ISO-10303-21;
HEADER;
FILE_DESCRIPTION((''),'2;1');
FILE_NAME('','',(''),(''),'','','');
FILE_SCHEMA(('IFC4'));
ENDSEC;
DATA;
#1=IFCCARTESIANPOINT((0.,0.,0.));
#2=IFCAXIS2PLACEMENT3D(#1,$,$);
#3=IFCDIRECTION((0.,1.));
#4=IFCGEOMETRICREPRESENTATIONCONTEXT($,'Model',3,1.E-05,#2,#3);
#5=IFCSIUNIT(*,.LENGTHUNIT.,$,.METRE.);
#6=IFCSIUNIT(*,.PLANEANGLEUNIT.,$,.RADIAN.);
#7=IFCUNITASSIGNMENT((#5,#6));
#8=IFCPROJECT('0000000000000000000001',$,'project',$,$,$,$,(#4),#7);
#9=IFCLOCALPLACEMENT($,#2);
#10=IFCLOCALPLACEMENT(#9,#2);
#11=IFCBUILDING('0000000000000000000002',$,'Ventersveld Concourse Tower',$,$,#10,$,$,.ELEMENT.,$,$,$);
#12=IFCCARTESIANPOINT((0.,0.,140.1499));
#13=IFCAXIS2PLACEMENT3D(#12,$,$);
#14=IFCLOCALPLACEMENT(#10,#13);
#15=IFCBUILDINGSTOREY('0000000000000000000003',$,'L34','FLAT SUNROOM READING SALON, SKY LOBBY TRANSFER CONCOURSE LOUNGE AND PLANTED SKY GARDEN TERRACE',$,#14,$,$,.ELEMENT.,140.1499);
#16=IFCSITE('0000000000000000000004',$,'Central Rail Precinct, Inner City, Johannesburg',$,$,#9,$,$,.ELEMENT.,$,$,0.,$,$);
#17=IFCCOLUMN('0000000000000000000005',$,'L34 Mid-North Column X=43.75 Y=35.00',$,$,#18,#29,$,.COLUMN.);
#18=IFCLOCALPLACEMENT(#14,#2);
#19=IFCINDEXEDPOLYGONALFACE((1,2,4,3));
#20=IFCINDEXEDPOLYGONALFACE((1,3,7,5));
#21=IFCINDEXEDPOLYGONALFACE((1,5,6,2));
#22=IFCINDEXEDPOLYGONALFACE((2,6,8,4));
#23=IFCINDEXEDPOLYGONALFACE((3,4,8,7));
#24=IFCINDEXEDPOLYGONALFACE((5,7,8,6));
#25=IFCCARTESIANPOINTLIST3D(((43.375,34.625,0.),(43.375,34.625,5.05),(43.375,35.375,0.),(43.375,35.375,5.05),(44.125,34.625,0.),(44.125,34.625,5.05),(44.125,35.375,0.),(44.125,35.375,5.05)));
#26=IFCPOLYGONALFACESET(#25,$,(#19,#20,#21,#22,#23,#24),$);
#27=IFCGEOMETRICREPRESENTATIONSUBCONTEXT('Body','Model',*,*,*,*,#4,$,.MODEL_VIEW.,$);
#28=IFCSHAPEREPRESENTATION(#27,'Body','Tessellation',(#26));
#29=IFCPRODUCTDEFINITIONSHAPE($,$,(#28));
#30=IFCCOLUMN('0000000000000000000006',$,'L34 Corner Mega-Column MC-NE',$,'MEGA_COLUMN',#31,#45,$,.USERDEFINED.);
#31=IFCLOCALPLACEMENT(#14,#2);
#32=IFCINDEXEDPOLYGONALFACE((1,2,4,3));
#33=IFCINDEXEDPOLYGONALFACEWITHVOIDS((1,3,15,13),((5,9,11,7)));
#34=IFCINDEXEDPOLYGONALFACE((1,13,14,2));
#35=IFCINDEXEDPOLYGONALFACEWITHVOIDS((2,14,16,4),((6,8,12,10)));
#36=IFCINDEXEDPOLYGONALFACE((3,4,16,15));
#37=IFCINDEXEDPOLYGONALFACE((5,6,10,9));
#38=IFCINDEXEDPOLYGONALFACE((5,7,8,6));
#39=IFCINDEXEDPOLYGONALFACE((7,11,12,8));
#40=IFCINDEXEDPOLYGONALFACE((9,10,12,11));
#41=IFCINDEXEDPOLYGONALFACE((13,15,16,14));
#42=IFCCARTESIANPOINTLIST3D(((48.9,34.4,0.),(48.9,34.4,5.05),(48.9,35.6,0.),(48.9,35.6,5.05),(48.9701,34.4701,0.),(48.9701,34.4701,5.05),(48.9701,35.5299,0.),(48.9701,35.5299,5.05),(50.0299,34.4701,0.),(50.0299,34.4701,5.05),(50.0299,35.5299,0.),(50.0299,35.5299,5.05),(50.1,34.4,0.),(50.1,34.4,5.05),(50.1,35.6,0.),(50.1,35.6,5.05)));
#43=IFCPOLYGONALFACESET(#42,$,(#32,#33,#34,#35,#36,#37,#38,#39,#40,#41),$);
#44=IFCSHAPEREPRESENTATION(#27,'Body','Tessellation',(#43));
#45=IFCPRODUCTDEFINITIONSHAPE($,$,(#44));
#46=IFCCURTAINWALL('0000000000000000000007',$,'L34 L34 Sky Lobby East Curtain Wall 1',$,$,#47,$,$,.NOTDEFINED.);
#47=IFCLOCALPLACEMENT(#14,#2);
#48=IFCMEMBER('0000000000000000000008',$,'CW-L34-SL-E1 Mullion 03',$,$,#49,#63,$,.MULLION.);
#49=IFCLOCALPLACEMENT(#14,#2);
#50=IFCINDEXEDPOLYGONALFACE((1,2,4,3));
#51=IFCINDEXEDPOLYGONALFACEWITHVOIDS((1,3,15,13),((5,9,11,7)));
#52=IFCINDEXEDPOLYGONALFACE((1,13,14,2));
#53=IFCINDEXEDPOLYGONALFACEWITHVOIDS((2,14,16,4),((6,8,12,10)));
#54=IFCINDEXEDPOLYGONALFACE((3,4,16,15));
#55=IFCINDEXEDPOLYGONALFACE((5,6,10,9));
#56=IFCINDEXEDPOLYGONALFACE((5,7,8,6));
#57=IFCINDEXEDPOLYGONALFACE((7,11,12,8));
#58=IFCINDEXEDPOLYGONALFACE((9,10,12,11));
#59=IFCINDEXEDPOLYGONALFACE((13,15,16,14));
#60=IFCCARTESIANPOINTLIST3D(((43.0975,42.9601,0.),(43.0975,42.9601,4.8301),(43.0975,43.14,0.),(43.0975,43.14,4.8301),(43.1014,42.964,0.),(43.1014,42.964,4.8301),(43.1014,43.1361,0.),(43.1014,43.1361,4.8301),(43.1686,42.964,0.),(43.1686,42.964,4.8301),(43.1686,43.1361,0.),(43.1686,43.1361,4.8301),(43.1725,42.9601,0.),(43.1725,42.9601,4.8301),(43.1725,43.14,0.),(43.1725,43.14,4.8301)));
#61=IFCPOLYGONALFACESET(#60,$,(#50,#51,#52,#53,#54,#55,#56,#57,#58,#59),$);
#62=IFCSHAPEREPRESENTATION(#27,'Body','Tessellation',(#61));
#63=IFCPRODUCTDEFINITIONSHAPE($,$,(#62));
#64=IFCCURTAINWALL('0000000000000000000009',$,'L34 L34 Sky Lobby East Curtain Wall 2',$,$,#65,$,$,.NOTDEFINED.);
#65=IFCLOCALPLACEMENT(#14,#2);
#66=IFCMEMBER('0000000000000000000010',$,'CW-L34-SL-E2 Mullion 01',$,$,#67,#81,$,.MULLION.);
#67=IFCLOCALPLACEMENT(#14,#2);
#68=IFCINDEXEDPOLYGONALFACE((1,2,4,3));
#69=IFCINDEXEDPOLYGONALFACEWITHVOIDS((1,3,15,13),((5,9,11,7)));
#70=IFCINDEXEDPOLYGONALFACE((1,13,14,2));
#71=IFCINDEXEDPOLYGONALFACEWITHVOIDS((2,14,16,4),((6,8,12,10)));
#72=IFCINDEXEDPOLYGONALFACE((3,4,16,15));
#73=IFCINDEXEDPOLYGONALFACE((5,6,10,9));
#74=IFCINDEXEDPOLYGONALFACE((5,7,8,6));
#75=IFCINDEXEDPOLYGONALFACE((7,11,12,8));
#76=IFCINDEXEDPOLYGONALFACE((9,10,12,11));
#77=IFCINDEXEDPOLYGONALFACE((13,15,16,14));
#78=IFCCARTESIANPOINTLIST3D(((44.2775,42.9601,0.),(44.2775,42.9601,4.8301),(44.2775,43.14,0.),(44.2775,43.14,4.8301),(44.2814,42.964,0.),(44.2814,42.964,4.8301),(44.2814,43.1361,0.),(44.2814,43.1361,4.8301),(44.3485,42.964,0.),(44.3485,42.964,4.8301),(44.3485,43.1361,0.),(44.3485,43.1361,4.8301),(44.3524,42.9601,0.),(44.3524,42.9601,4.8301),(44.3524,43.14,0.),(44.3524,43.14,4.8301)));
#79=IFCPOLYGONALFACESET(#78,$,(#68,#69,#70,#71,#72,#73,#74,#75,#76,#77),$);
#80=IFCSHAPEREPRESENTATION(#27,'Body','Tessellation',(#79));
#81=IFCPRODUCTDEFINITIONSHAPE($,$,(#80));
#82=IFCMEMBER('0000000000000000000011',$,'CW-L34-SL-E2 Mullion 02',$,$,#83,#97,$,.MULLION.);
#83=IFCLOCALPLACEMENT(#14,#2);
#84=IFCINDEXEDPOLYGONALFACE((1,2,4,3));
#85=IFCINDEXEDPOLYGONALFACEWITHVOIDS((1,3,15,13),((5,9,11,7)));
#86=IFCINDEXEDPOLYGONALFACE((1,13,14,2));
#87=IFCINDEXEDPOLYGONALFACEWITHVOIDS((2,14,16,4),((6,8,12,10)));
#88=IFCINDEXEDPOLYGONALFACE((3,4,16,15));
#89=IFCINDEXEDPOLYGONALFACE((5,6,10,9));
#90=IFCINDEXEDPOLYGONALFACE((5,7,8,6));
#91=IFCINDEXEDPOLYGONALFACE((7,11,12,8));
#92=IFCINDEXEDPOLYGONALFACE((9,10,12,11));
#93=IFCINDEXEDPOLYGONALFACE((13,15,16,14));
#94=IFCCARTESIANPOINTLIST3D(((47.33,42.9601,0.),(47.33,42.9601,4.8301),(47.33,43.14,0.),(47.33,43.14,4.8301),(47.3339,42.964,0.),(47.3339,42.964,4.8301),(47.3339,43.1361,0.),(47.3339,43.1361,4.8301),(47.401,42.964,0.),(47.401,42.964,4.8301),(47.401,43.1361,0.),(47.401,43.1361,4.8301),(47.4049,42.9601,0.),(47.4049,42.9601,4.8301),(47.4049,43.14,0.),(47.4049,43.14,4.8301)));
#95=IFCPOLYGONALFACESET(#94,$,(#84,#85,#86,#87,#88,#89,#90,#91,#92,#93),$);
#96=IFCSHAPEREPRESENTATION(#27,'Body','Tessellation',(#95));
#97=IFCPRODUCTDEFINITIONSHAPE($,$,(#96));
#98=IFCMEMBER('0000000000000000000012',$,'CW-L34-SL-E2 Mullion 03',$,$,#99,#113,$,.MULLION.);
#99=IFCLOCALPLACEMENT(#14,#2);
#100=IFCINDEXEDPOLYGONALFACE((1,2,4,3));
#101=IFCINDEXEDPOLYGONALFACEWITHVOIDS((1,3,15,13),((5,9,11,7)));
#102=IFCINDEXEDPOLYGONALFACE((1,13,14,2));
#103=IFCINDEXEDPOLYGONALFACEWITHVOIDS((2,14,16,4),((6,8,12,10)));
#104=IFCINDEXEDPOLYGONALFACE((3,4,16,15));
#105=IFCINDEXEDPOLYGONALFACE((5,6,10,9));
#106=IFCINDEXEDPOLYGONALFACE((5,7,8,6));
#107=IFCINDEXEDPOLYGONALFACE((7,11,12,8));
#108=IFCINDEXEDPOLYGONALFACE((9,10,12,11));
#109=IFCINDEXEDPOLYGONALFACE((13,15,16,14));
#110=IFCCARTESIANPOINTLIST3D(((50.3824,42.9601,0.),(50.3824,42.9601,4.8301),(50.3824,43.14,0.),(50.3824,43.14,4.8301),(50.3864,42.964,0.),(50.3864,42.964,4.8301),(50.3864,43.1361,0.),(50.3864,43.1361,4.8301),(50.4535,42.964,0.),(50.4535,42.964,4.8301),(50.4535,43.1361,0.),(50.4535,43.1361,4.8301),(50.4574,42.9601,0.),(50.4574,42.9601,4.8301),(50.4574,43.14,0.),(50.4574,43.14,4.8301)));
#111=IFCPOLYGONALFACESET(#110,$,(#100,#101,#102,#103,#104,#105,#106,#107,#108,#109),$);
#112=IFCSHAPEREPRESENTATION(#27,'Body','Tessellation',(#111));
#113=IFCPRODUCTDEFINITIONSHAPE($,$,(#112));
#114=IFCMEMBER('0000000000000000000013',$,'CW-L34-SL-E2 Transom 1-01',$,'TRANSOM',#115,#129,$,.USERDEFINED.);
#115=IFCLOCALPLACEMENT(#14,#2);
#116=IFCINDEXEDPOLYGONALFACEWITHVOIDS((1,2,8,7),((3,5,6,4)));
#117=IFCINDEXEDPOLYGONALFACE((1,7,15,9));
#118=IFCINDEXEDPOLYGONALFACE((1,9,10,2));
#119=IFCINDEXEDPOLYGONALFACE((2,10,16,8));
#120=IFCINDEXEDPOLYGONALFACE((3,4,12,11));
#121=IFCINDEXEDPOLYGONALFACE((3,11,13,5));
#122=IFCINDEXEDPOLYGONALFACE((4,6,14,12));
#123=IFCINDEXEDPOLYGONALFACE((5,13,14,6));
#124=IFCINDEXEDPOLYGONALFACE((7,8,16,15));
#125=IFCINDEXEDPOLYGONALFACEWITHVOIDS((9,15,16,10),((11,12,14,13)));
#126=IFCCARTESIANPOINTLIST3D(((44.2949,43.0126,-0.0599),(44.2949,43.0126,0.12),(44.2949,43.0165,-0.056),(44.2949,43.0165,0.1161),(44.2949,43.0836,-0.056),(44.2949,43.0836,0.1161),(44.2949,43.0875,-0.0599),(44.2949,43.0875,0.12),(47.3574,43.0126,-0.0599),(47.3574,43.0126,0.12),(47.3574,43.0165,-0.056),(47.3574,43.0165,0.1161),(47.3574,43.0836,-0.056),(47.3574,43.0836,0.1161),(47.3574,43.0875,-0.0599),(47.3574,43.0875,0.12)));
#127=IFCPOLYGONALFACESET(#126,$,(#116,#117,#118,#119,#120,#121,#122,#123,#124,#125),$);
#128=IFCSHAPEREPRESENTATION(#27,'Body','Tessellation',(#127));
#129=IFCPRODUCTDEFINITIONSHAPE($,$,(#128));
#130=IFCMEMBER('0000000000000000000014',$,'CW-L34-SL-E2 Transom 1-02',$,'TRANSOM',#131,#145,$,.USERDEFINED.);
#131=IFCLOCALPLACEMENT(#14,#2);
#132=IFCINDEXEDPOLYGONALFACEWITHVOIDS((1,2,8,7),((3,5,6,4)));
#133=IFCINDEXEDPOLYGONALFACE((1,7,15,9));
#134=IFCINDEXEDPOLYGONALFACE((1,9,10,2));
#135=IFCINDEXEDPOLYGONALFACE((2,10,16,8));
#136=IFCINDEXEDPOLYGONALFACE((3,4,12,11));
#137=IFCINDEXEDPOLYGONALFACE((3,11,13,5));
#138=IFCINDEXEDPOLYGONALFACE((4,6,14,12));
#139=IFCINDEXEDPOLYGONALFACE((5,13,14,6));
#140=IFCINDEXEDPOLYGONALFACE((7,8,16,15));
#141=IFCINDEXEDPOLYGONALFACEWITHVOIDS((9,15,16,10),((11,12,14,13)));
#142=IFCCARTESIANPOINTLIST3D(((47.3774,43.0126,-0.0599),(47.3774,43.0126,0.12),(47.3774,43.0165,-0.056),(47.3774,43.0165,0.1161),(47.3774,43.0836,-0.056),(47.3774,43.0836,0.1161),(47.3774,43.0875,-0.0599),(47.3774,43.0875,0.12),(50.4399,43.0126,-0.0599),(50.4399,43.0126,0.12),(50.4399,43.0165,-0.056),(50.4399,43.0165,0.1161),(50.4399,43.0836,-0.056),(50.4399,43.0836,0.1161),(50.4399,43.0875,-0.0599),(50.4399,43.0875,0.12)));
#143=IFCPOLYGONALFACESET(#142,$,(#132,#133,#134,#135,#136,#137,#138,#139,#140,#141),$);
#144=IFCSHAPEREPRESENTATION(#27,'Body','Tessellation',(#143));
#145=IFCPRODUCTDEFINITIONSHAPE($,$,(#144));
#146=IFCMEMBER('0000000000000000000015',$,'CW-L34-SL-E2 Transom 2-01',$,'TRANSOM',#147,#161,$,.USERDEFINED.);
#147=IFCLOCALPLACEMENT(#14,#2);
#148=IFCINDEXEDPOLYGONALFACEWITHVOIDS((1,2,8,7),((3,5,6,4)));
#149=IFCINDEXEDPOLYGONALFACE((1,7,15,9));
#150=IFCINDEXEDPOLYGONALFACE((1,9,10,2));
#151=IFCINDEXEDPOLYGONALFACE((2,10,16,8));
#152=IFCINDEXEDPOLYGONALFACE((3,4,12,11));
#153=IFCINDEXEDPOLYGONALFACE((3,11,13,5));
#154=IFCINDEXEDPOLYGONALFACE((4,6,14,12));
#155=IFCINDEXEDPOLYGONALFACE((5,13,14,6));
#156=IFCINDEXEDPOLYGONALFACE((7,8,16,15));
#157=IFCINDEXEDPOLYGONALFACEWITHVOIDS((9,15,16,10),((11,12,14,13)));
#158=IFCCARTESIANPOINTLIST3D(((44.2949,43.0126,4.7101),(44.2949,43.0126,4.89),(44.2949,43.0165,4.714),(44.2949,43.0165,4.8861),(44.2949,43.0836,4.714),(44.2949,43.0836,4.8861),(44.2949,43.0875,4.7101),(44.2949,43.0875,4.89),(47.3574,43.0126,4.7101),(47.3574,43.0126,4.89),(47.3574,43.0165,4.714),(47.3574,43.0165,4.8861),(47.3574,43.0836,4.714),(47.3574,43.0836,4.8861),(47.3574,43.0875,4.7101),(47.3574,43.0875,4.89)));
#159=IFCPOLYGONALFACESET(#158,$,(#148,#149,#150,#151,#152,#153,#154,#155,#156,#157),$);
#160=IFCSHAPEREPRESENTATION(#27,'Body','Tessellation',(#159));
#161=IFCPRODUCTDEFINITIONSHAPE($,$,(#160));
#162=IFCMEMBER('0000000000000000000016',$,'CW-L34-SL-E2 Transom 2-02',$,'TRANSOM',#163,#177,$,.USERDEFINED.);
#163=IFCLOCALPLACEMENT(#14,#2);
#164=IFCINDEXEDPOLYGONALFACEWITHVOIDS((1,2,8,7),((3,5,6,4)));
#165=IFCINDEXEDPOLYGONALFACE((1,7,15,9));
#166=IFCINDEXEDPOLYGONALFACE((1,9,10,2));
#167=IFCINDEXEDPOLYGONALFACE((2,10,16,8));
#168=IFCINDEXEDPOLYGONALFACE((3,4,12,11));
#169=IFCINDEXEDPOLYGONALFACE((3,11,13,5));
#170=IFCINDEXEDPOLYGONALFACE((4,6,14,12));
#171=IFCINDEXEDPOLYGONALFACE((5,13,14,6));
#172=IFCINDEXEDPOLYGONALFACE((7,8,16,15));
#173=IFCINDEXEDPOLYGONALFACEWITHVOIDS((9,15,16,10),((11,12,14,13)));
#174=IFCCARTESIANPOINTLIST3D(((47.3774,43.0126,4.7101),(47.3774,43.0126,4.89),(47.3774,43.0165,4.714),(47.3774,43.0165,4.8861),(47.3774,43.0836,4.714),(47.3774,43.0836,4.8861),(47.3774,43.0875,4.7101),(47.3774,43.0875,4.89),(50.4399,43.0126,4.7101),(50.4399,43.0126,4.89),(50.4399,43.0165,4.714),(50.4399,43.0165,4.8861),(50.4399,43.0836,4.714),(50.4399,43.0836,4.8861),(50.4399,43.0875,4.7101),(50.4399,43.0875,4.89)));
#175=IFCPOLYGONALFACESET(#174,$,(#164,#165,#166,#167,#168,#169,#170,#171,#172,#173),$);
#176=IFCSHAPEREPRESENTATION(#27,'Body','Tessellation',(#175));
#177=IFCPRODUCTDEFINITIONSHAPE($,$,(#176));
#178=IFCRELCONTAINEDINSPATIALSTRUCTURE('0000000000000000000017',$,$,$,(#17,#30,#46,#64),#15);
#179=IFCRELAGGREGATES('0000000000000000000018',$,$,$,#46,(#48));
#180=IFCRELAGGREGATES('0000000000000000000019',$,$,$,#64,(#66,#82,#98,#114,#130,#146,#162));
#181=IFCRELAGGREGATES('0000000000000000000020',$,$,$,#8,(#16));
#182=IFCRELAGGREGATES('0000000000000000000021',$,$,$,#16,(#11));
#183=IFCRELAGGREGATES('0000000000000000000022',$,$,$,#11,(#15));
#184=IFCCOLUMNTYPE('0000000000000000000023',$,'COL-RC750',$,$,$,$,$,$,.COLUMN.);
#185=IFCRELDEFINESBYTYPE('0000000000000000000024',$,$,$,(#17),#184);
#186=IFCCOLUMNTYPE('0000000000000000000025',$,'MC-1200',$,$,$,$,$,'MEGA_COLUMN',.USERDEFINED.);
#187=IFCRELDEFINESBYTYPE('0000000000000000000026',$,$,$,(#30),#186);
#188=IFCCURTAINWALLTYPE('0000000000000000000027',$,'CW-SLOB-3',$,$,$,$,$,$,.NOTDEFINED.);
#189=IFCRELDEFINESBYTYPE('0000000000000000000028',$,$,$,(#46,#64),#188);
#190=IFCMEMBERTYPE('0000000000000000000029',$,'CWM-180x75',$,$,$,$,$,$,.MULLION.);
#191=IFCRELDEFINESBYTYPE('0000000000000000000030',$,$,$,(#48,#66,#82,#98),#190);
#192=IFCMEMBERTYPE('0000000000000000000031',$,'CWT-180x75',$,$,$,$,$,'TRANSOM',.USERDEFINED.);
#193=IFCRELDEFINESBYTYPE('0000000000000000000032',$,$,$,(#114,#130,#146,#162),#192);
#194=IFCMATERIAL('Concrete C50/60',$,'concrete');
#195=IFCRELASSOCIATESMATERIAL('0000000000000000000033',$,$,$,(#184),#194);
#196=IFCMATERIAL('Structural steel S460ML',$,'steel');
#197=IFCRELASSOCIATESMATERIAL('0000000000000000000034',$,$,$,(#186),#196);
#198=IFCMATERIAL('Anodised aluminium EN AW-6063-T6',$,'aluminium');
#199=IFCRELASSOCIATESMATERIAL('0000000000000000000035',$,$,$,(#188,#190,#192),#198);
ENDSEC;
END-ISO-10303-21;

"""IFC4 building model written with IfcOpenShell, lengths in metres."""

from ifc_helpers import new_model, si_unit, direction, frame, origin, origin_2d, place, context, subcontext, project, spatial, rectangle, hollow_rectangle, extrude, material, material_profile, profile_set, type_object, element, aggregate, save


model = new_model("IFC4")

# Units and contexts
model_context = context("Model", 3, precision=1e-05, world=origin(), true_north=direction((0.0, 1.0)))
body_context = subcontext(model_context, "Body", "Model", "MODEL_VIEW")
ifc_project = project(units=[si_unit("LENGTHUNIT", "METRE"), si_unit("PLANEANGLEUNIT", "RADIAN")], contexts=[model_context])

# Site, building, storey
site_placement = place(None, origin())
site = spatial("IfcSite", under=ifc_project, at=site_placement, Name="Central Rail Precinct, Inner City, Johannesburg", CompositionType="ELEMENT", RefElevation=0.0)
building_placement = place(site_placement, origin())
building = spatial("IfcBuilding", under=site, at=building_placement, Name="Ventersveld Concourse Tower", CompositionType="ELEMENT")
storey_placement = place(building_placement, frame((0.0, 0.0, 140.1499)))
storey = spatial("IfcBuildingStorey", under=building, at=storey_placement, Name="L34", Description="FLAT SUNROOM READING SALON, SKY LOBBY TRANSFER CONCOURSE LOUNGE AND PLANTED SKY GARDEN TERRACE", CompositionType="ELEMENT", Elevation=140.1499)

# Columns
ifc_material_1 = material(Name="Concrete C50/60", Category="concrete")
ifc_material_profile_1 = material_profile(ifc_material_1, rectangle(XDim=0.75, YDim=0.75, at=origin_2d()), Name="RC 750x750")
ifc_profile_set_1 = profile_set([ifc_material_profile_1], Name="Concrete C50/60")
column_type_1 = type_object("IfcColumnType", Name="COL-RC750", PredefinedType="COLUMN", material=ifc_profile_set_1)
column_1_placement = place(storey_placement, frame((43.75, 35.0, 0.0), z_axis=(0.0, 0.0, 1.0), x_axis=(1.0, 0.0, 0.0)))
element("IfcColumn", 1, at=column_1_placement, inside=storey, type_object=column_type_1, Name="L34 Mid-North Column X=43.75 Y=35.00", PredefinedType="COLUMN", context=body_context, shape_type="SweptSolid", body=[
    extrude(rectangle(XDim=0.75, YDim=0.75, at=origin_2d()), origin(), (0.0, 0.0, 1.0), 5.05),
])
ifc_material_2 = material(Name="Structural steel S460ML", Category="steel")
ifc_material_profile_2 = material_profile(ifc_material_2, hollow_rectangle(XDim=1.2, YDim=1.2, WallThickness=0.0701, at=origin_2d()), Name="BOX 1200x1200x70")
ifc_profile_set_2 = profile_set([ifc_material_profile_2], Name="Structural steel S460ML")
column_type_2 = type_object("IfcColumnType", Name="MC-1200", ElementType="MEGA_COLUMN", PredefinedType="USERDEFINED", material=ifc_profile_set_2)
column_2_placement = place(storey_placement, frame((49.5, 35.0, 0.0), z_axis=(0.0, 0.0, 1.0), x_axis=(1.0, 0.0, 0.0)))
element("IfcColumn", 2, at=column_2_placement, inside=storey, type_object=column_type_2, Name="L34 Corner Mega-Column MC-NE", ObjectType="MEGA_COLUMN", PredefinedType="USERDEFINED", context=body_context, shape_type="SweptSolid", body=[
    extrude(hollow_rectangle(XDim=1.2, YDim=1.2, WallThickness=0.0701, at=origin_2d()), origin(), (0.0, 0.0, 1.0), 5.05),
])

# Curtain wall, member
ifc_material_3 = material(Name="Anodised aluminium EN AW-6063-T6", Category="aluminium")
curtain_wall_type = type_object("IfcCurtainWallType", Name="CW-SLOB-3", PredefinedType="NOTDEFINED", material=ifc_material_3)
curtain_wall_1_placement = place(storey_placement, origin())
curtain_wall_1 = element("IfcCurtainWall", 3, at=curtain_wall_1_placement, inside=storey, type_object=curtain_wall_type, Name="L34 L34 Sky Lobby East Curtain Wall 1", PredefinedType="NOTDEFINED")
ifc_material_profile_3 = material_profile(ifc_material_3, hollow_rectangle(XDim=0.075, YDim=0.1799, WallThickness=0.0039, at=origin_2d()), Name="ALU 180x75x4")
ifc_profile_set_3 = profile_set([ifc_material_profile_3], Name="Anodised aluminium EN AW-6063-T6")
member_type_1 = type_object("IfcMemberType", Name="CWM-180x75", PredefinedType="MULLION", material=ifc_profile_set_3)
member_1_placement = place(storey_placement, frame((43.135, 43.05, 0.0), z_axis=(0.0, 0.0, 1.0), x_axis=(1.0, 0.0, 0.0)))
member_1 = element("IfcMember", 4, at=member_1_placement, type_object=member_type_1, Name="CW-L34-SL-E1 Mullion 03", PredefinedType="MULLION", context=body_context, shape_type="SweptSolid", body=[
    extrude(hollow_rectangle(XDim=0.075, YDim=0.1799, WallThickness=0.0039, at=origin_2d()), origin(), (0.0, 0.0, 1.0), 4.8301),
])

# Curtain wall, members
curtain_wall_2_placement = place(storey_placement, origin())
curtain_wall_2 = element("IfcCurtainWall", 5, at=curtain_wall_2_placement, inside=storey, type_object=curtain_wall_type, Name="L34 L34 Sky Lobby East Curtain Wall 2", PredefinedType="NOTDEFINED")
member_2_placement = place(storey_placement, frame((44.3149, 43.05, 0.0), z_axis=(0.0, 0.0, 1.0), x_axis=(1.0, 0.0, 0.0)))
member_2 = element("IfcMember", 6, at=member_2_placement, type_object=member_type_1, Name="CW-L34-SL-E2 Mullion 01", PredefinedType="MULLION", context=body_context, shape_type="SweptSolid", body=[
    extrude(hollow_rectangle(XDim=0.075, YDim=0.1799, WallThickness=0.0039, at=origin_2d()), origin(), (0.0, 0.0, 1.0), 4.8301),
])
member_3_placement = place(storey_placement, frame((47.3674, 43.05, 0.0), z_axis=(0.0, 0.0, 1.0), x_axis=(1.0, 0.0, 0.0)))
member_3 = element("IfcMember", 7, at=member_3_placement, type_object=member_type_1, Name="CW-L34-SL-E2 Mullion 02", PredefinedType="MULLION", context=body_context, shape_type="SweptSolid", body=[
    extrude(hollow_rectangle(XDim=0.075, YDim=0.1799, WallThickness=0.0039, at=origin_2d()), origin(), (0.0, 0.0, 1.0), 4.8301),
])
member_4_placement = place(storey_placement, frame((50.4199, 43.05, 0.0), z_axis=(0.0, 0.0, 1.0), x_axis=(1.0, 0.0, 0.0)))
member_4 = element("IfcMember", 8, at=member_4_placement, type_object=member_type_1, Name="CW-L34-SL-E2 Mullion 03", PredefinedType="MULLION", context=body_context, shape_type="SweptSolid", body=[
    extrude(hollow_rectangle(XDim=0.075, YDim=0.1799, WallThickness=0.0039, at=origin_2d()), origin(), (0.0, 0.0, 1.0), 4.8301),
])
ifc_material_profile_4 = material_profile(ifc_material_3, hollow_rectangle(XDim=0.075, YDim=0.1799, WallThickness=0.0039, at=origin_2d()), Name="ALU 180x75x4")
ifc_profile_set_4 = profile_set([ifc_material_profile_4], Name="Anodised aluminium EN AW-6063-T6")
member_type_2 = type_object("IfcMemberType", Name="CWT-180x75", ElementType="TRANSOM", PredefinedType="USERDEFINED", material=ifc_profile_set_4)
member_5_placement = place(storey_placement, frame((44.2949, 43.05, 0.03), z_axis=(1.0, 0.0, 0.0), x_axis=(0.0, 1.0, 0.0)))
member_5 = element("IfcMember", 9, at=member_5_placement, type_object=member_type_2, Name="CW-L34-SL-E2 Transom 1-01", ObjectType="TRANSOM", PredefinedType="USERDEFINED", context=body_context, shape_type="SweptSolid", body=[
    extrude(hollow_rectangle(XDim=0.075, YDim=0.1799, WallThickness=0.0039, at=origin_2d()), origin(), (0.0, 0.0, 1.0), 3.0625),
])
member_6_placement = place(storey_placement, frame((47.3774, 43.05, 0.03), z_axis=(1.0, 0.0, 0.0), x_axis=(0.0, 1.0, 0.0)))
member_6 = element("IfcMember", 10, at=member_6_placement, type_object=member_type_2, Name="CW-L34-SL-E2 Transom 1-02", ObjectType="TRANSOM", PredefinedType="USERDEFINED", context=body_context, shape_type="SweptSolid", body=[
    extrude(hollow_rectangle(XDim=0.075, YDim=0.1799, WallThickness=0.0039, at=origin_2d()), origin(), (0.0, 0.0, 1.0), 3.0625),
])
member_7_placement = place(storey_placement, frame((44.2949, 43.05, 4.8), z_axis=(1.0, 0.0, 0.0), x_axis=(0.0, 1.0, 0.0)))
member_7 = element("IfcMember", 11, at=member_7_placement, type_object=member_type_2, Name="CW-L34-SL-E2 Transom 2-01", ObjectType="TRANSOM", PredefinedType="USERDEFINED", context=body_context, shape_type="SweptSolid", body=[
    extrude(hollow_rectangle(XDim=0.075, YDim=0.1799, WallThickness=0.0039, at=origin_2d()), origin(), (0.0, 0.0, 1.0), 3.0625),
])
member_8_placement = place(storey_placement, frame((47.3774, 43.05, 4.8), z_axis=(1.0, 0.0, 0.0), x_axis=(0.0, 1.0, 0.0)))
member_8 = element("IfcMember", 12, at=member_8_placement, type_object=member_type_2, Name="CW-L34-SL-E2 Transom 2-02", ObjectType="TRANSOM", PredefinedType="USERDEFINED", context=body_context, shape_type="SweptSolid", body=[
    extrude(hollow_rectangle(XDim=0.075, YDim=0.1799, WallThickness=0.0039, at=origin_2d()), origin(), (0.0, 0.0, 1.0), 3.0625),
])

aggregate(curtain_wall_1, [member_1])
aggregate(curtain_wall_2, [member_2, member_3, member_4, member_5, member_6, member_7, member_8])

save(model, "model.ifc")
